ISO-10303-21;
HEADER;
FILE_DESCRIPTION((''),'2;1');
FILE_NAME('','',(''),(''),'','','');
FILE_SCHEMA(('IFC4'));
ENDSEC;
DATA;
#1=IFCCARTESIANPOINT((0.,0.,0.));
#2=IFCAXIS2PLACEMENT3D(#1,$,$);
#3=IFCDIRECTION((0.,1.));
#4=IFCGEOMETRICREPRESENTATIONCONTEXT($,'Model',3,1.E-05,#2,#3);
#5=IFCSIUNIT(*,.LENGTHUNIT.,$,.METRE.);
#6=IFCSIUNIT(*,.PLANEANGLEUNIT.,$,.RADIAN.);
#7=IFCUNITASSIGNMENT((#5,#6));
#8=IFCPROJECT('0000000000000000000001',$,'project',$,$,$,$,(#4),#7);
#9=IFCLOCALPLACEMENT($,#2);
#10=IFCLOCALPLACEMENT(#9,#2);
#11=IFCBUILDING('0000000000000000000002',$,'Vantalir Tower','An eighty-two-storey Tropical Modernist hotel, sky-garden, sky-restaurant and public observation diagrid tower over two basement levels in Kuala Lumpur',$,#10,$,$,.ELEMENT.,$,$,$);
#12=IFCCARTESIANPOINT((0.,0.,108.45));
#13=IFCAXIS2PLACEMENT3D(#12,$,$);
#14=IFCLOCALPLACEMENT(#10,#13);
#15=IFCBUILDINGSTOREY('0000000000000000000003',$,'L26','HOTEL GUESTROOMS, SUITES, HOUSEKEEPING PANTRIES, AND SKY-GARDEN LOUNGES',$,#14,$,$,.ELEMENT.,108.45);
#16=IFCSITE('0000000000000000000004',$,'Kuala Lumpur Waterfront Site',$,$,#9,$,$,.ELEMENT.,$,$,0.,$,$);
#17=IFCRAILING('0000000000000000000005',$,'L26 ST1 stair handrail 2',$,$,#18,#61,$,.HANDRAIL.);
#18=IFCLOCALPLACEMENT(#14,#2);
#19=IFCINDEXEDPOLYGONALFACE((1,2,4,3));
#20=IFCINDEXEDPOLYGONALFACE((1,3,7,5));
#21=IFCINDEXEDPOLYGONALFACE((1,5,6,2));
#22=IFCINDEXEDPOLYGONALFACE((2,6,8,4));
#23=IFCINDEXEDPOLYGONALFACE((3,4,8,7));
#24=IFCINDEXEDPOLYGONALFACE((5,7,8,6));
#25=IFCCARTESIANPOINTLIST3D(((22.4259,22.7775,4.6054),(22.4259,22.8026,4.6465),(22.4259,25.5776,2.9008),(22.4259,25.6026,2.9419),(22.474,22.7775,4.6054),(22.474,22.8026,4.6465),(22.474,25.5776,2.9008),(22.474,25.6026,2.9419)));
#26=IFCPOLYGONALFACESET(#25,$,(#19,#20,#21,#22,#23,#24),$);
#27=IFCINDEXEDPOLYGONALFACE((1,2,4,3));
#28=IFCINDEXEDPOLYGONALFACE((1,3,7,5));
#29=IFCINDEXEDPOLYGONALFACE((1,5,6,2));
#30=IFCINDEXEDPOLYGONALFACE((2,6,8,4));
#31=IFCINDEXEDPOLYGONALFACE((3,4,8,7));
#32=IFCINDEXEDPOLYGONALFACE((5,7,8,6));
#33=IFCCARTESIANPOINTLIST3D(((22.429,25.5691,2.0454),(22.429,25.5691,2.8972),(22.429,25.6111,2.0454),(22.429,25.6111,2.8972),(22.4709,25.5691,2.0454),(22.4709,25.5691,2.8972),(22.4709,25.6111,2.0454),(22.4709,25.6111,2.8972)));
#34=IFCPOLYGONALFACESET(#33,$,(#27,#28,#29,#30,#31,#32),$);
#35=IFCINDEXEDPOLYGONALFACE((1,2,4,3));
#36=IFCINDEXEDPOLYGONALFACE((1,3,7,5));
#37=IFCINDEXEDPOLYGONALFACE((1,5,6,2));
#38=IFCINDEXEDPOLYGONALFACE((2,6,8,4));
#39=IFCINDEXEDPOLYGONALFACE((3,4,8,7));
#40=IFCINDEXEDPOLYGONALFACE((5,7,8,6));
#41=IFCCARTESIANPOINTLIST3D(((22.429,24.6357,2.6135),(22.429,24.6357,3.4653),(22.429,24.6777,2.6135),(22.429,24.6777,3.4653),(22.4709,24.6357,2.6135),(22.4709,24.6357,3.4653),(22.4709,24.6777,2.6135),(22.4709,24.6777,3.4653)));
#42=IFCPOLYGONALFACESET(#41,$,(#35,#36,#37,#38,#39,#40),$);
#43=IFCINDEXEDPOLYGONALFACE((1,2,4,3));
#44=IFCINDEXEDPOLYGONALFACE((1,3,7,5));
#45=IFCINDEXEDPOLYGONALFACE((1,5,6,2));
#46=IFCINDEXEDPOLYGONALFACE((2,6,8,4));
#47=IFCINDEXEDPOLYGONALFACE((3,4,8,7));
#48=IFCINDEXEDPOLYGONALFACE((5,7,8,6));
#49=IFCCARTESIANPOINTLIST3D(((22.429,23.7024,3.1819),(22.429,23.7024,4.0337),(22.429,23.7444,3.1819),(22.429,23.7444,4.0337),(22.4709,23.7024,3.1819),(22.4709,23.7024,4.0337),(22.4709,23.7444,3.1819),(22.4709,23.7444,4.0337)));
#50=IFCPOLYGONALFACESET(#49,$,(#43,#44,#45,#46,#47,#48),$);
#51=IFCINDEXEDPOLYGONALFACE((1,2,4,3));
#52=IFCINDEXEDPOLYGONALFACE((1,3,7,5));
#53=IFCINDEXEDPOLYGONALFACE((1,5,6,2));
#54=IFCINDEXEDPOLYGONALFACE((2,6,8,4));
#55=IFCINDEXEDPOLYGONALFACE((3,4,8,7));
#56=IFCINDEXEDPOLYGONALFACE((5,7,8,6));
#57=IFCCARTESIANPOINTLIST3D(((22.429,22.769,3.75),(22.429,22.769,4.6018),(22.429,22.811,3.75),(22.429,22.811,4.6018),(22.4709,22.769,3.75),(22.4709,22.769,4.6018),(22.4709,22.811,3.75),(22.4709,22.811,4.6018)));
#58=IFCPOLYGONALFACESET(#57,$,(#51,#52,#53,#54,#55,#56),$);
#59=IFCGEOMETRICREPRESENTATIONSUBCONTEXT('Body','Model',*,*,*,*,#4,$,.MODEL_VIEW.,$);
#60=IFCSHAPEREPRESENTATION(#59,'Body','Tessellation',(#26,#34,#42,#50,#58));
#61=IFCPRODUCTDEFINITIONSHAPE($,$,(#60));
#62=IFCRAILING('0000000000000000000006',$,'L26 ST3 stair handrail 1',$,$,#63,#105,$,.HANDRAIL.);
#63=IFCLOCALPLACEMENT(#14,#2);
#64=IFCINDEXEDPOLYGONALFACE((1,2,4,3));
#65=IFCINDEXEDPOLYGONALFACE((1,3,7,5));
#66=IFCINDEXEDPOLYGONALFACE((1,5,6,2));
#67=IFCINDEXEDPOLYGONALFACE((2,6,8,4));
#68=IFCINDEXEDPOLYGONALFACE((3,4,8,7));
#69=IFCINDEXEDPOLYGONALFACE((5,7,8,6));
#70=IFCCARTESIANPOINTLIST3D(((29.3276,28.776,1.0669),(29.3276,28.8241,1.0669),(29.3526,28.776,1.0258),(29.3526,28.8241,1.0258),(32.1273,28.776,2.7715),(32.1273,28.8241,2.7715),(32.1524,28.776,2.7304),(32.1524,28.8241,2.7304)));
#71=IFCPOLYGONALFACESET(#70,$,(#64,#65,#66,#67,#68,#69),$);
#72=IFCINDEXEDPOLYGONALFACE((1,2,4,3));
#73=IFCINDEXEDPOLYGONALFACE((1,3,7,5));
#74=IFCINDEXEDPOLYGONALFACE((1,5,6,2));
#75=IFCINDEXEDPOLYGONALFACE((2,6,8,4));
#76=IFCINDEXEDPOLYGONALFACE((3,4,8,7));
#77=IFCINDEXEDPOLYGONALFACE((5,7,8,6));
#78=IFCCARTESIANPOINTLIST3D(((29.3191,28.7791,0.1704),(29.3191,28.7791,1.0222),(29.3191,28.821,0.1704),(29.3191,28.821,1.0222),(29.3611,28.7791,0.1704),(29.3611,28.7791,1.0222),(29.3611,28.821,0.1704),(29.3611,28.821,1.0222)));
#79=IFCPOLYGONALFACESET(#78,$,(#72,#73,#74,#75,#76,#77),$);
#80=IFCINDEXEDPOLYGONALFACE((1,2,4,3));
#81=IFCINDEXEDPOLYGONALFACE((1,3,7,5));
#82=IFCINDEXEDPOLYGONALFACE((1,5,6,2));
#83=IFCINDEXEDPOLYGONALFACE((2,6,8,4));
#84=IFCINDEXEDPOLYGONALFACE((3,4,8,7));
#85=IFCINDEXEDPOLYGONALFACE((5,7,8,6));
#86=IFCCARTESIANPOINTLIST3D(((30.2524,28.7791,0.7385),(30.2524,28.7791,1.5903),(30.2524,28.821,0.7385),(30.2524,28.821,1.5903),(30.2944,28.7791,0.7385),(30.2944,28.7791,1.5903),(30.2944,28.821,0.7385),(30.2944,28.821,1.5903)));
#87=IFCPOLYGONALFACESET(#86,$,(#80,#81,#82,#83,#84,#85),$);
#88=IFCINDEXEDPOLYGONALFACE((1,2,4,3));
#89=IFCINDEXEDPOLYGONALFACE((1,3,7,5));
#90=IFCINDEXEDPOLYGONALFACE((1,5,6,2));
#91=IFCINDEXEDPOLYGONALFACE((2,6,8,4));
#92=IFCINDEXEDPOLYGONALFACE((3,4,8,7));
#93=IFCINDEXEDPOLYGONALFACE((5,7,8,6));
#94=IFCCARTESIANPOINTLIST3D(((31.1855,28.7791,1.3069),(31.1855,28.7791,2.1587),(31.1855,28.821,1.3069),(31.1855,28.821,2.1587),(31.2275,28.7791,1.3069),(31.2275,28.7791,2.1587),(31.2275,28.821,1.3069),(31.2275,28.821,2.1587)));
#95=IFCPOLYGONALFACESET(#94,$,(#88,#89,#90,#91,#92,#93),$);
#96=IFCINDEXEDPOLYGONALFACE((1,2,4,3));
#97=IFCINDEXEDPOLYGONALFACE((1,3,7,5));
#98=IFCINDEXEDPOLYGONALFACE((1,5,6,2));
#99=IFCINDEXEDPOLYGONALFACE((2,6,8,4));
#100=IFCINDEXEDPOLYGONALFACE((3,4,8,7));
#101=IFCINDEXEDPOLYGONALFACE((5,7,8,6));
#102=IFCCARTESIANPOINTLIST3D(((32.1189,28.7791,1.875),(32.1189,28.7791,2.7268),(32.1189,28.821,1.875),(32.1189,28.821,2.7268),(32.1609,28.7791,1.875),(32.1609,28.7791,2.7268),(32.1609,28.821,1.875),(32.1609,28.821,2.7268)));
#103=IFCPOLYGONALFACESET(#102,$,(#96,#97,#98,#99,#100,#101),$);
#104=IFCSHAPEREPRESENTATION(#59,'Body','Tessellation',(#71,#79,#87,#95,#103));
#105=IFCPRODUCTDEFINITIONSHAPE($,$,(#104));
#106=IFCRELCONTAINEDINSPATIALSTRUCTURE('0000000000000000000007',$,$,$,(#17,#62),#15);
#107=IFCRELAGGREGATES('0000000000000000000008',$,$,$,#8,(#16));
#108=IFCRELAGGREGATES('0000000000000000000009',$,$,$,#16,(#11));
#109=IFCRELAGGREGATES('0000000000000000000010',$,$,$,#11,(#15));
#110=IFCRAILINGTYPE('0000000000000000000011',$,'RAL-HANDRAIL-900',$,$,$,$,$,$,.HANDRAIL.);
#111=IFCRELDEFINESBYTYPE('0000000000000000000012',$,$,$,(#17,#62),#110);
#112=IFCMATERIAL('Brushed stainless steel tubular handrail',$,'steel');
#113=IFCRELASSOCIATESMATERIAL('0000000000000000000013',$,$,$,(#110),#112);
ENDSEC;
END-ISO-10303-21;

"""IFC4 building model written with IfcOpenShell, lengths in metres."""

from ifc_helpers import new_model, si_unit, direction, frame, origin, origin_2d, place, context, subcontext, project, spatial, rectangle, extrude, material, type_object, element, save


model = new_model("IFC4")

# Units and contexts
model_context = context("Model", 3, precision=1e-05, world=origin(), true_north=direction((0.0, 1.0)))
body_context = subcontext(model_context, "Body", "Model", "MODEL_VIEW")
ifc_project = project(units=[si_unit("LENGTHUNIT", "METRE"), si_unit("PLANEANGLEUNIT", "RADIAN")], contexts=[model_context])

# Site, building, storey
site_placement = place(None, origin())
site = spatial("IfcSite", under=ifc_project, at=site_placement, Name="Kuala Lumpur Waterfront Site", CompositionType="ELEMENT", RefElevation=0.0)
building_placement = place(site_placement, origin())
building = spatial("IfcBuilding", under=site, at=building_placement, Name="Vantalir Tower", Description="An eighty-two-storey Tropical Modernist hotel, sky-garden, sky-restaurant and public observation diagrid tower over two basement levels in Kuala Lumpur", CompositionType="ELEMENT")
storey_placement = place(building_placement, frame((0.0, 0.0, 108.45)))
storey = spatial("IfcBuildingStorey", under=building, at=storey_placement, Name="L26", Description="HOTEL GUESTROOMS, SUITES, HOUSEKEEPING PANTRIES, AND SKY-GARDEN LOUNGES", CompositionType="ELEMENT", Elevation=108.45)

# Railings
ifc_material_1 = material(Name="Brushed stainless steel tubular handrail", Category="steel")
railing_type_1 = type_object("IfcRailingType", Name="RAL-HANDRAIL-900", PredefinedType="HANDRAIL", material=ifc_material_1)
railing_1_placement = place(storey_placement, frame((22.45, 25.5901, 2.0454)))
element("IfcRailing", 1, at=railing_1_placement, inside=storey, type_object=railing_type_1, Name="L26 ST1 stair handrail 2", PredefinedType="HANDRAIL", context=body_context, shape_type="SweptSolid", body=[
    extrude(rectangle(XDim=0.0481, YDim=0.0481, at=origin_2d()), frame((0.0, 0.0, 0.876), z_axis=(0.0, -0.85417, 0.519994), x_axis=(1.0, 0.0, 0.0)), (0.0, 0.0, 1.0), 3.2781),
    extrude(rectangle(XDim=0.042, YDim=0.042, at=origin_2d()), origin(), (0.0, 0.0, 1.0), 0.8518),
    extrude(rectangle(XDim=0.042, YDim=0.042, at=origin_2d()), frame((0.0, -0.9333, 0.5681)), (0.0, 0.0, 1.0), 0.8518),
    extrude(rectangle(XDim=0.042, YDim=0.042, at=origin_2d()), frame((0.0, -1.8667, 1.1365)), (0.0, 0.0, 1.0), 0.8518),
    extrude(rectangle(XDim=0.042, YDim=0.042, at=origin_2d()), frame((0.0, -2.8, 1.7046)), (0.0, 0.0, 1.0), 0.8518),
])
railing_2_placement = place(storey_placement, frame((29.3401, 28.8, 0.1704)))
element("IfcRailing", 2, at=railing_2_placement, inside=storey, type_object=railing_type_1, Name="L26 ST3 stair handrail 1", PredefinedType="HANDRAIL", context=body_context, shape_type="SweptSolid", body=[
    extrude(rectangle(XDim=0.0481, YDim=0.0481, at=origin_2d()), frame((0.0, 0.0, 0.876), z_axis=(0.85415, 0.0, 0.520027), x_axis=(0.0, 1.0, 0.0)), (0.0, 0.0, 1.0), 3.2778),
    extrude(rectangle(XDim=0.042, YDim=0.042, at=origin_2d()), origin(), (0.0, 0.0, 1.0), 0.8518),
    extrude(rectangle(XDim=0.042, YDim=0.042, at=origin_2d()), frame((0.9333, 0.0, 0.5681)), (0.0, 0.0, 1.0), 0.8518),
    extrude(rectangle(XDim=0.042, YDim=0.042, at=origin_2d()), frame((1.8665, 0.0, 1.1365)), (0.0, 0.0, 1.0), 0.8518),
    extrude(rectangle(XDim=0.042, YDim=0.042, at=origin_2d()), frame((2.7998, 0.0, 1.7046)), (0.0, 0.0, 1.0), 0.8518),
])

save(model, "model.ifc")
